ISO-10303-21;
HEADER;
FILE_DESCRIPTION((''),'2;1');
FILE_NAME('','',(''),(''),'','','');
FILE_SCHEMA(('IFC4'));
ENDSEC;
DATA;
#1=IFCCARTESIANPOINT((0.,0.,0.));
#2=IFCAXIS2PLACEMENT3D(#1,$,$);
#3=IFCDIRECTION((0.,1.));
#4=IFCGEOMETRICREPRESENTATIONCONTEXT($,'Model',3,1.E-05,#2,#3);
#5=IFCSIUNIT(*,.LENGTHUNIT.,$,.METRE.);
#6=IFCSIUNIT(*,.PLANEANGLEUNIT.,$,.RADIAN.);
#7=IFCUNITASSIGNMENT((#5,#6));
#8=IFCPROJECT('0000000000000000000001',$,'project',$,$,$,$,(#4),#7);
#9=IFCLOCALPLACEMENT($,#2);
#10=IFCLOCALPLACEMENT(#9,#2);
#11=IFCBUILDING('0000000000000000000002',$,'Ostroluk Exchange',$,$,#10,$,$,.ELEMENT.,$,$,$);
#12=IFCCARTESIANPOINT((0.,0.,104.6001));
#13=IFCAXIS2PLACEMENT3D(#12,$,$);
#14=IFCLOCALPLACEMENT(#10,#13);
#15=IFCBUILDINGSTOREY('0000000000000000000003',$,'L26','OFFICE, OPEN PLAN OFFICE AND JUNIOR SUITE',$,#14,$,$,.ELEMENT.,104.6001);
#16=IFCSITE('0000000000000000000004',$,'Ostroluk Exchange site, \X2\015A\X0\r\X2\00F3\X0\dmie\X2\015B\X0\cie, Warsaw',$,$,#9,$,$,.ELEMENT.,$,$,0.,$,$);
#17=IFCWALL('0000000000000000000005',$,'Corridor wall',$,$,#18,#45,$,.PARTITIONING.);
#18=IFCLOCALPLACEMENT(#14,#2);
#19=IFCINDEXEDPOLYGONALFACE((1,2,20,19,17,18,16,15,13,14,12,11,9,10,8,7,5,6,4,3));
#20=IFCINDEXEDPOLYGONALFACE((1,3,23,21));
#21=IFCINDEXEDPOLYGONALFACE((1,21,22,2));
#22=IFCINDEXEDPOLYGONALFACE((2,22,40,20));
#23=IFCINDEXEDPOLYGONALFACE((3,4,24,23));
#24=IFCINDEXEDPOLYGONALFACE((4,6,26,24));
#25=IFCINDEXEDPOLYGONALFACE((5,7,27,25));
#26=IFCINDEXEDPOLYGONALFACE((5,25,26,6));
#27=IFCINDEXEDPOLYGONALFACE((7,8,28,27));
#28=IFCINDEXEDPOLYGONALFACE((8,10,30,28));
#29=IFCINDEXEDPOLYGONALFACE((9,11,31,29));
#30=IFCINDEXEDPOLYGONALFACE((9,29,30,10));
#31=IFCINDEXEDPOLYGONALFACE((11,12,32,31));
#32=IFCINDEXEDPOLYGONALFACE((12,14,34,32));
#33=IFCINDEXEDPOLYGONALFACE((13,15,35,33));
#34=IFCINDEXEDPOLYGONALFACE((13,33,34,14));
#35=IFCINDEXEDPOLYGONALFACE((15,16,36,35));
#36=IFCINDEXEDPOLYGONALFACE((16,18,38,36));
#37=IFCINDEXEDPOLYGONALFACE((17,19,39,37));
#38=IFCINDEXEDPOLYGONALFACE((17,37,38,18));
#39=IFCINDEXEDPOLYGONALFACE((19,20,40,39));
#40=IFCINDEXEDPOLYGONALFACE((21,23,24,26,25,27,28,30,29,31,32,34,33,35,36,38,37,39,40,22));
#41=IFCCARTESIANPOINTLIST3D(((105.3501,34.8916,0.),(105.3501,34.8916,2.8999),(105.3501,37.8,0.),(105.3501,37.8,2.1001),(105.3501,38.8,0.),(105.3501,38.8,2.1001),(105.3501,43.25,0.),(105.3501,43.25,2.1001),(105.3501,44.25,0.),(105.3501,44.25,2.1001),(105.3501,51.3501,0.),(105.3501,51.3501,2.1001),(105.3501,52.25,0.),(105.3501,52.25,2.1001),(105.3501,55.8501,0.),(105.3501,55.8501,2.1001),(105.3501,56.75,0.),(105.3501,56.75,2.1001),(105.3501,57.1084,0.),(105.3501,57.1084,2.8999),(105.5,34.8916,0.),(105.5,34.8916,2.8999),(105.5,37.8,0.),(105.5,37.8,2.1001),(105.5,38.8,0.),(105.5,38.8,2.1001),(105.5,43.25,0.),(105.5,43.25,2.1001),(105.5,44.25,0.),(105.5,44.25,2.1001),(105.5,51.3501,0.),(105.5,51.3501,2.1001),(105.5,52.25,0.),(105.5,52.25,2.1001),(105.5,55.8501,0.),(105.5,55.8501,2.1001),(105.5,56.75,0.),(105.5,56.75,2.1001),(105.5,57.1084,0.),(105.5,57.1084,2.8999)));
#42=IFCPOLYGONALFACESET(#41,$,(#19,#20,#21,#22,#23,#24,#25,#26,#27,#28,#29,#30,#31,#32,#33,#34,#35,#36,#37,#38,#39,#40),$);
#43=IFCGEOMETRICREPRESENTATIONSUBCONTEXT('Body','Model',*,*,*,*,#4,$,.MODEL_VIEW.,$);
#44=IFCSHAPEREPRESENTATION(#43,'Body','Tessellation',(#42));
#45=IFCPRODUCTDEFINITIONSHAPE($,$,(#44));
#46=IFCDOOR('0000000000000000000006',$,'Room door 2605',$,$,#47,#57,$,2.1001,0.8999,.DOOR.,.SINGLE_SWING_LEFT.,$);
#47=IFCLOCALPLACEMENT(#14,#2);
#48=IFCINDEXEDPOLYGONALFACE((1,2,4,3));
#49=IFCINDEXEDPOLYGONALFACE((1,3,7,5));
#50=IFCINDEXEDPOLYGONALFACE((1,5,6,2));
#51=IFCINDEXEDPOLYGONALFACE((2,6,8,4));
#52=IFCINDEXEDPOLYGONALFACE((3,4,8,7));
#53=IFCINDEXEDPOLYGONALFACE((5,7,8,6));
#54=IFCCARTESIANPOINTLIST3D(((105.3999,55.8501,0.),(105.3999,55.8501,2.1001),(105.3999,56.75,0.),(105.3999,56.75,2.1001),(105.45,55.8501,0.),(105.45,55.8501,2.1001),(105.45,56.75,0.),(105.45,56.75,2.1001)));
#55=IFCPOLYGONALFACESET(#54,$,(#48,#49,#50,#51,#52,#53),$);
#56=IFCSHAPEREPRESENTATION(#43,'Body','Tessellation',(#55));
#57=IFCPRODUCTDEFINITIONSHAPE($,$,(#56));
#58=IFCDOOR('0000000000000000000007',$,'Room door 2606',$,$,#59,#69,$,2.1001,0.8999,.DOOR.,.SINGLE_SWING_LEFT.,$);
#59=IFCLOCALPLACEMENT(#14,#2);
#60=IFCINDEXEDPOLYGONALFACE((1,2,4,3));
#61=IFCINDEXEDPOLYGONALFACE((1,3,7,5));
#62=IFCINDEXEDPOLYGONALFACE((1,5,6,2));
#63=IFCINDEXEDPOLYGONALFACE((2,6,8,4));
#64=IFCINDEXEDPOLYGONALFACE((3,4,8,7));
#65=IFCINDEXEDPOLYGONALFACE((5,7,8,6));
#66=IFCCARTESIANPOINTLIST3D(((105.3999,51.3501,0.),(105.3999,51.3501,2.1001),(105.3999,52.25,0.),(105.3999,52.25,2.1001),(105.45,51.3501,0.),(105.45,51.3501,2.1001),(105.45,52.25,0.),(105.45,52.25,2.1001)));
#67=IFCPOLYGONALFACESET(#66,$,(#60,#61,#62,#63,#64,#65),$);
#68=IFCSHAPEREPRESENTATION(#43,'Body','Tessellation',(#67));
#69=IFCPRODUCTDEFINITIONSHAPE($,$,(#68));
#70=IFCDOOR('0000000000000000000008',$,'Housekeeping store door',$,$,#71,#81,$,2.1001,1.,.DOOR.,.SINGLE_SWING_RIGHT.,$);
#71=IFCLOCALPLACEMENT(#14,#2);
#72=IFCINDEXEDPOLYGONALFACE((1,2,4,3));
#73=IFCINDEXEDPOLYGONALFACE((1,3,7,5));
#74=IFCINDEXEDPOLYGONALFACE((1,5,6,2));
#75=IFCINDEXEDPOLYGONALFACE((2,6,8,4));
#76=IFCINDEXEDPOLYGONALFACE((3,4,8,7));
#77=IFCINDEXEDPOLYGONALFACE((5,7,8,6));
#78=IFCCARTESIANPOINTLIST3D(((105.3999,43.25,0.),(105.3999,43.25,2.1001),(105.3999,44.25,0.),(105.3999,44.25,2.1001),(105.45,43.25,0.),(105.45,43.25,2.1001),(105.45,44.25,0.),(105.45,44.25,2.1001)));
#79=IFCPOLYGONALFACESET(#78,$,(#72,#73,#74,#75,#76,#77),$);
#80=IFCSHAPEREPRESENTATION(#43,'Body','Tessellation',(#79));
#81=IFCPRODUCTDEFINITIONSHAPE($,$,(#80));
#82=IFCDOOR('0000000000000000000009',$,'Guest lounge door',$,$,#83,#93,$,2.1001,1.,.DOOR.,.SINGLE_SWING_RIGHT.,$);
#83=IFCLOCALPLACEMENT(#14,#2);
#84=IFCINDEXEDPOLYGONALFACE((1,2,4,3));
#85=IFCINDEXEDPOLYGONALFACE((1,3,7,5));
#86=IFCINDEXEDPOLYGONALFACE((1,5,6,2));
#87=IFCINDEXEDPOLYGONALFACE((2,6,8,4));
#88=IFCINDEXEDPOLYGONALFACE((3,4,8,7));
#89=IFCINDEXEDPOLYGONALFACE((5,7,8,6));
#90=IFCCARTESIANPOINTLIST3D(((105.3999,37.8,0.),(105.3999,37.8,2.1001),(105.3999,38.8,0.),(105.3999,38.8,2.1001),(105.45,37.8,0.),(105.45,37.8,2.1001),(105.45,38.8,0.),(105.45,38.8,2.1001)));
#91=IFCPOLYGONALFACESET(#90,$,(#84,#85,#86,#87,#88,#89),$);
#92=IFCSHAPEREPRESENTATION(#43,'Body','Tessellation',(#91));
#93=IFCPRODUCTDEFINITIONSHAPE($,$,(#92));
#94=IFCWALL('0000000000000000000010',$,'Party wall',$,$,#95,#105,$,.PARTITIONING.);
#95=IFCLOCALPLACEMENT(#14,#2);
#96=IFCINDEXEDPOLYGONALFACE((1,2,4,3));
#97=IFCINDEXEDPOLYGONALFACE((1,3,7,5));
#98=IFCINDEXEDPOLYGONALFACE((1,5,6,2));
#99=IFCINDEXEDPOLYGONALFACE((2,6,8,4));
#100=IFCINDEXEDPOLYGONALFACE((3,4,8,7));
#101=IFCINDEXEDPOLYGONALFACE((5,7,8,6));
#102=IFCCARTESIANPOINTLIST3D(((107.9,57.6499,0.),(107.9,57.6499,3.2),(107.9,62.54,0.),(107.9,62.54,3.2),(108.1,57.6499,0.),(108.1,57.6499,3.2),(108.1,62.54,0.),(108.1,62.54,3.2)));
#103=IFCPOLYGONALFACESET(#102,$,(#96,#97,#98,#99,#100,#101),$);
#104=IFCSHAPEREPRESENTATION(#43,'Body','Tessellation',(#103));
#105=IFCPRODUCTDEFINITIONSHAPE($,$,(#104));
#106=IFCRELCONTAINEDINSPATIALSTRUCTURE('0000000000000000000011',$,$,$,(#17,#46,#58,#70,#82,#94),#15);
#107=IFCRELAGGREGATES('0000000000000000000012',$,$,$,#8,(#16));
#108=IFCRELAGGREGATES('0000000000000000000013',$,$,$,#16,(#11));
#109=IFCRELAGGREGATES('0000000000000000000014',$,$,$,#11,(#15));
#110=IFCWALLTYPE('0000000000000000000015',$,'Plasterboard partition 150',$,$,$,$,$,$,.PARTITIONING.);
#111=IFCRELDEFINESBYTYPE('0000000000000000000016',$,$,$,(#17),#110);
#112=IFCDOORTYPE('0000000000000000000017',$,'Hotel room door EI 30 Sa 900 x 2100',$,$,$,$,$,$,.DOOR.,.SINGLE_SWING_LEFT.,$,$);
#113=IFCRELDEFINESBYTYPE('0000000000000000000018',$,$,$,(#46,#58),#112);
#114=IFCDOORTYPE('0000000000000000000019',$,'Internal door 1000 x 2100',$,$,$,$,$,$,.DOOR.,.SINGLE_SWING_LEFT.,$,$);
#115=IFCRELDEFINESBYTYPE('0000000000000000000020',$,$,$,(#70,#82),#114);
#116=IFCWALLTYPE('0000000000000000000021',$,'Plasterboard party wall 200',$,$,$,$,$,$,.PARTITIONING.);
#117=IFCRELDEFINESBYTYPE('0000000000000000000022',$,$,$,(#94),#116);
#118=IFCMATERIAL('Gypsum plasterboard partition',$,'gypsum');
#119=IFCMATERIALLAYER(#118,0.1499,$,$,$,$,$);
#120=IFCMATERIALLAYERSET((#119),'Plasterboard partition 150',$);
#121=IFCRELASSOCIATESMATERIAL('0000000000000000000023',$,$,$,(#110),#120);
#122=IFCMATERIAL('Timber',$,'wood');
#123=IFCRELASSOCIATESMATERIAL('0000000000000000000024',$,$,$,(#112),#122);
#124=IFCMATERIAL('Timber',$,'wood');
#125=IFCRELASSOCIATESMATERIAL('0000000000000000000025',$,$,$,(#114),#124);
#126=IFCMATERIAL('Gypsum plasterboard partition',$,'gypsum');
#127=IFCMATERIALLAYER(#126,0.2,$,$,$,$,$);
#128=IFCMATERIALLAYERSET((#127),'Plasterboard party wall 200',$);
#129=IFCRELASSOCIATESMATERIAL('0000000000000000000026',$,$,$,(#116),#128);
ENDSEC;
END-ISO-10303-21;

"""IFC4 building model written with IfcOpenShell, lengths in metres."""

from ifc_helpers import new_model, si_unit, direction, frame, frame_2d, origin, place, context, subcontext, project, spatial, rectangle, extrude, material, layer, layer_set, type_object, element, fill, save


model = new_model("IFC4")

# Units and contexts
model_context = context("Model", 3, precision=1e-05, world=origin(), true_north=direction((0.0, 1.0)))
body_context = subcontext(model_context, "Body", "Model", "MODEL_VIEW")
ifc_project = project(units=[si_unit("LENGTHUNIT", "METRE"), si_unit("PLANEANGLEUNIT", "RADIAN")], contexts=[model_context])

# Site, building, storey
site_placement = place(None, origin())
site = spatial("IfcSite", under=ifc_project, at=site_placement, Name="Ostroluk Exchange site, Śródmieście, Warsaw", CompositionType="ELEMENT", RefElevation=0.0)
building_placement = place(site_placement, origin())
building = spatial("IfcBuilding", under=site, at=building_placement, Name="Ostroluk Exchange", CompositionType="ELEMENT")
storey_placement = place(building_placement, frame((0.0, 0.0, 104.6001)))
storey = spatial("IfcBuildingStorey", under=building, at=storey_placement, Name="L26", Description="OFFICE, OPEN PLAN OFFICE AND JUNIOR SUITE", CompositionType="ELEMENT", Elevation=104.6001)

# Wall, openings, doors
ifc_material_1 = material(Name="Gypsum plasterboard partition", Category="gypsum")
ifc_layer_1 = layer(ifc_material_1, 0.1499)
ifc_layer_set_1 = layer_set([ifc_layer_1], Name="Plasterboard partition 150")
wall_type_1 = type_object("IfcWallType", Name="Plasterboard partition 150", PredefinedType="PARTITIONING", material=ifc_layer_set_1)
wall_1_placement = place(storey_placement, frame((105.425, 57.1084, 0.0), z_axis=(0.0, 0.0, 1.0), x_axis=(0.0, -1.0, 0.0)))
wall_1 = element("IfcWall", 1, at=wall_1_placement, inside=storey, type_object=wall_type_1, Name="Corridor wall", PredefinedType="PARTITIONING", context=body_context, shape_type="SweptSolid", body=[
    extrude(rectangle(XDim=22.2168, YDim=0.1499, at=frame_2d((11.1084, 0.0))), origin(), (0.0, 0.0, 1.0), 2.8999),
])
opening_1_placement = place(wall_1_placement, frame((0.3584, 0.0, 0.0)))
opening_1 = element("IfcOpeningElement", 2, at=opening_1_placement, cuts=wall_1, PredefinedType="OPENING", context=body_context, shape_type="SweptSolid", body=[
    extrude(rectangle(XDim=0.8999, YDim=2.1001, at=frame_2d((0.45, 1.05))), frame((0.0, 0.085, 0.0), z_axis=(0.0, -1.0, 0.0), x_axis=(1.0, 0.0, 0.0)), (0.0, 0.0, 1.0), 0.1699),
])
opening_2_placement = place(wall_1_placement, frame((4.8584, 0.0, 0.0)))
opening_2 = element("IfcOpeningElement", 3, at=opening_2_placement, cuts=wall_1, PredefinedType="OPENING", context=body_context, shape_type="SweptSolid", body=[
    extrude(rectangle(XDim=0.8999, YDim=2.1001, at=frame_2d((0.45, 1.05))), frame((0.0, 0.085, 0.0), z_axis=(0.0, -1.0, 0.0), x_axis=(1.0, 0.0, 0.0)), (0.0, 0.0, 1.0), 0.1699),
])
opening_3_placement = place(wall_1_placement, frame((12.8584, 0.0, 0.0)))
opening_3 = element("IfcOpeningElement", 4, at=opening_3_placement, cuts=wall_1, PredefinedType="OPENING", context=body_context, shape_type="SweptSolid", body=[
    extrude(rectangle(XDim=1.0, YDim=2.1001, at=frame_2d((0.5, 1.05))), frame((0.0, 0.085, 0.0), z_axis=(0.0, -1.0, 0.0), x_axis=(1.0, 0.0, 0.0)), (0.0, 0.0, 1.0), 0.1699),
])
opening_4_placement = place(wall_1_placement, frame((18.3083, 0.0, 0.0)))
opening_4 = element("IfcOpeningElement", 5, at=opening_4_placement, cuts=wall_1, PredefinedType="OPENING", context=body_context, shape_type="SweptSolid", body=[
    extrude(rectangle(XDim=1.0, YDim=2.1001, at=frame_2d((0.5, 1.05))), frame((0.0, 0.085, 0.0), z_axis=(0.0, -1.0, 0.0), x_axis=(1.0, 0.0, 0.0)), (0.0, 0.0, 1.0), 0.1699),
])
ifc_material_2 = material(Name="Timber", Category="wood")
door_type_1 = type_object("IfcDoorType", Name="Hotel room door EI 30 Sa 900 x 2100", OperationType="SINGLE_SWING_LEFT", PredefinedType="DOOR", material=ifc_material_2)
door_1_placement = place(opening_1_placement, origin())
door_1 = element("IfcDoor", 6, at=door_1_placement, inside=storey, type_object=door_type_1, Name="Room door 2605", OperationType="SINGLE_SWING_LEFT", OverallHeight=2.1001, OverallWidth=0.8999, PredefinedType="DOOR", context=body_context, shape_type="SweptSolid", body=[
    extrude(rectangle(XDim=0.8999, YDim=2.1001, at=frame_2d((0.45, 1.05))), frame((0.0, 0.0249, 0.0), z_axis=(0.0, -1.0, 0.0), x_axis=(1.0, 0.0, 0.0)), (0.0, 0.0, 1.0), 0.05),
])
fill(opening_1, door_1)
door_2_placement = place(opening_2_placement, origin())
door_2 = element("IfcDoor", 7, at=door_2_placement, inside=storey, type_object=door_type_1, Name="Room door 2606", OperationType="SINGLE_SWING_LEFT", OverallHeight=2.1001, OverallWidth=0.8999, PredefinedType="DOOR", context=body_context, shape_type="SweptSolid", body=[
    extrude(rectangle(XDim=0.8999, YDim=2.1001, at=frame_2d((0.45, 1.05))), frame((0.0, 0.0249, 0.0), z_axis=(0.0, -1.0, 0.0), x_axis=(1.0, 0.0, 0.0)), (0.0, 0.0, 1.0), 0.05),
])
fill(opening_2, door_2)
ifc_material_3 = material(Name="Timber", Category="wood")
door_type_2 = type_object("IfcDoorType", Name="Internal door 1000 x 2100", OperationType="SINGLE_SWING_LEFT", PredefinedType="DOOR", material=ifc_material_3)
door_3_placement = place(opening_3_placement, origin())
door_3 = element("IfcDoor", 8, at=door_3_placement, inside=storey, type_object=door_type_2, Name="Housekeeping store door", OperationType="SINGLE_SWING_RIGHT", OverallHeight=2.1001, OverallWidth=1.0, PredefinedType="DOOR", context=body_context, shape_type="SweptSolid", body=[
    extrude(rectangle(XDim=1.0, YDim=2.1001, at=frame_2d((0.5, 1.05))), frame((0.0, 0.0249, 0.0), z_axis=(0.0, -1.0, 0.0), x_axis=(1.0, 0.0, 0.0)), (0.0, 0.0, 1.0), 0.05),
])
fill(opening_3, door_3)
door_4_placement = place(opening_4_placement, origin())
door_4 = element("IfcDoor", 9, at=door_4_placement, inside=storey, type_object=door_type_2, Name="Guest lounge door", OperationType="SINGLE_SWING_RIGHT", OverallHeight=2.1001, OverallWidth=1.0, PredefinedType="DOOR", context=body_context, shape_type="SweptSolid", body=[
    extrude(rectangle(XDim=1.0, YDim=2.1001, at=frame_2d((0.5, 1.05))), frame((0.0, 0.0249, 0.0), z_axis=(0.0, -1.0, 0.0), x_axis=(1.0, 0.0, 0.0)), (0.0, 0.0, 1.0), 0.05),
])
fill(opening_4, door_4)

# Wall
ifc_material_4 = material(Name="Gypsum plasterboard partition", Category="gypsum")
ifc_layer_2 = layer(ifc_material_4, 0.2)
ifc_layer_set_2 = layer_set([ifc_layer_2], Name="Plasterboard party wall 200")
wall_type_2 = type_object("IfcWallType", Name="Plasterboard party wall 200", PredefinedType="PARTITIONING", material=ifc_layer_set_2)
wall_2_placement = place(storey_placement, frame((108.0, 57.6499, 0.0), z_axis=(0.0, 0.0, 1.0), x_axis=(0.0, 1.0, 0.0)))
element("IfcWall", 10, at=wall_2_placement, inside=storey, type_object=wall_type_2, Name="Party wall", PredefinedType="PARTITIONING", context=body_context, shape_type="SweptSolid", body=[
    extrude(rectangle(XDim=4.8901, YDim=0.2, at=frame_2d((2.4451, 0.0))), origin(), (0.0, 0.0, 1.0), 3.2),
])

save(model, "model.ifc")
